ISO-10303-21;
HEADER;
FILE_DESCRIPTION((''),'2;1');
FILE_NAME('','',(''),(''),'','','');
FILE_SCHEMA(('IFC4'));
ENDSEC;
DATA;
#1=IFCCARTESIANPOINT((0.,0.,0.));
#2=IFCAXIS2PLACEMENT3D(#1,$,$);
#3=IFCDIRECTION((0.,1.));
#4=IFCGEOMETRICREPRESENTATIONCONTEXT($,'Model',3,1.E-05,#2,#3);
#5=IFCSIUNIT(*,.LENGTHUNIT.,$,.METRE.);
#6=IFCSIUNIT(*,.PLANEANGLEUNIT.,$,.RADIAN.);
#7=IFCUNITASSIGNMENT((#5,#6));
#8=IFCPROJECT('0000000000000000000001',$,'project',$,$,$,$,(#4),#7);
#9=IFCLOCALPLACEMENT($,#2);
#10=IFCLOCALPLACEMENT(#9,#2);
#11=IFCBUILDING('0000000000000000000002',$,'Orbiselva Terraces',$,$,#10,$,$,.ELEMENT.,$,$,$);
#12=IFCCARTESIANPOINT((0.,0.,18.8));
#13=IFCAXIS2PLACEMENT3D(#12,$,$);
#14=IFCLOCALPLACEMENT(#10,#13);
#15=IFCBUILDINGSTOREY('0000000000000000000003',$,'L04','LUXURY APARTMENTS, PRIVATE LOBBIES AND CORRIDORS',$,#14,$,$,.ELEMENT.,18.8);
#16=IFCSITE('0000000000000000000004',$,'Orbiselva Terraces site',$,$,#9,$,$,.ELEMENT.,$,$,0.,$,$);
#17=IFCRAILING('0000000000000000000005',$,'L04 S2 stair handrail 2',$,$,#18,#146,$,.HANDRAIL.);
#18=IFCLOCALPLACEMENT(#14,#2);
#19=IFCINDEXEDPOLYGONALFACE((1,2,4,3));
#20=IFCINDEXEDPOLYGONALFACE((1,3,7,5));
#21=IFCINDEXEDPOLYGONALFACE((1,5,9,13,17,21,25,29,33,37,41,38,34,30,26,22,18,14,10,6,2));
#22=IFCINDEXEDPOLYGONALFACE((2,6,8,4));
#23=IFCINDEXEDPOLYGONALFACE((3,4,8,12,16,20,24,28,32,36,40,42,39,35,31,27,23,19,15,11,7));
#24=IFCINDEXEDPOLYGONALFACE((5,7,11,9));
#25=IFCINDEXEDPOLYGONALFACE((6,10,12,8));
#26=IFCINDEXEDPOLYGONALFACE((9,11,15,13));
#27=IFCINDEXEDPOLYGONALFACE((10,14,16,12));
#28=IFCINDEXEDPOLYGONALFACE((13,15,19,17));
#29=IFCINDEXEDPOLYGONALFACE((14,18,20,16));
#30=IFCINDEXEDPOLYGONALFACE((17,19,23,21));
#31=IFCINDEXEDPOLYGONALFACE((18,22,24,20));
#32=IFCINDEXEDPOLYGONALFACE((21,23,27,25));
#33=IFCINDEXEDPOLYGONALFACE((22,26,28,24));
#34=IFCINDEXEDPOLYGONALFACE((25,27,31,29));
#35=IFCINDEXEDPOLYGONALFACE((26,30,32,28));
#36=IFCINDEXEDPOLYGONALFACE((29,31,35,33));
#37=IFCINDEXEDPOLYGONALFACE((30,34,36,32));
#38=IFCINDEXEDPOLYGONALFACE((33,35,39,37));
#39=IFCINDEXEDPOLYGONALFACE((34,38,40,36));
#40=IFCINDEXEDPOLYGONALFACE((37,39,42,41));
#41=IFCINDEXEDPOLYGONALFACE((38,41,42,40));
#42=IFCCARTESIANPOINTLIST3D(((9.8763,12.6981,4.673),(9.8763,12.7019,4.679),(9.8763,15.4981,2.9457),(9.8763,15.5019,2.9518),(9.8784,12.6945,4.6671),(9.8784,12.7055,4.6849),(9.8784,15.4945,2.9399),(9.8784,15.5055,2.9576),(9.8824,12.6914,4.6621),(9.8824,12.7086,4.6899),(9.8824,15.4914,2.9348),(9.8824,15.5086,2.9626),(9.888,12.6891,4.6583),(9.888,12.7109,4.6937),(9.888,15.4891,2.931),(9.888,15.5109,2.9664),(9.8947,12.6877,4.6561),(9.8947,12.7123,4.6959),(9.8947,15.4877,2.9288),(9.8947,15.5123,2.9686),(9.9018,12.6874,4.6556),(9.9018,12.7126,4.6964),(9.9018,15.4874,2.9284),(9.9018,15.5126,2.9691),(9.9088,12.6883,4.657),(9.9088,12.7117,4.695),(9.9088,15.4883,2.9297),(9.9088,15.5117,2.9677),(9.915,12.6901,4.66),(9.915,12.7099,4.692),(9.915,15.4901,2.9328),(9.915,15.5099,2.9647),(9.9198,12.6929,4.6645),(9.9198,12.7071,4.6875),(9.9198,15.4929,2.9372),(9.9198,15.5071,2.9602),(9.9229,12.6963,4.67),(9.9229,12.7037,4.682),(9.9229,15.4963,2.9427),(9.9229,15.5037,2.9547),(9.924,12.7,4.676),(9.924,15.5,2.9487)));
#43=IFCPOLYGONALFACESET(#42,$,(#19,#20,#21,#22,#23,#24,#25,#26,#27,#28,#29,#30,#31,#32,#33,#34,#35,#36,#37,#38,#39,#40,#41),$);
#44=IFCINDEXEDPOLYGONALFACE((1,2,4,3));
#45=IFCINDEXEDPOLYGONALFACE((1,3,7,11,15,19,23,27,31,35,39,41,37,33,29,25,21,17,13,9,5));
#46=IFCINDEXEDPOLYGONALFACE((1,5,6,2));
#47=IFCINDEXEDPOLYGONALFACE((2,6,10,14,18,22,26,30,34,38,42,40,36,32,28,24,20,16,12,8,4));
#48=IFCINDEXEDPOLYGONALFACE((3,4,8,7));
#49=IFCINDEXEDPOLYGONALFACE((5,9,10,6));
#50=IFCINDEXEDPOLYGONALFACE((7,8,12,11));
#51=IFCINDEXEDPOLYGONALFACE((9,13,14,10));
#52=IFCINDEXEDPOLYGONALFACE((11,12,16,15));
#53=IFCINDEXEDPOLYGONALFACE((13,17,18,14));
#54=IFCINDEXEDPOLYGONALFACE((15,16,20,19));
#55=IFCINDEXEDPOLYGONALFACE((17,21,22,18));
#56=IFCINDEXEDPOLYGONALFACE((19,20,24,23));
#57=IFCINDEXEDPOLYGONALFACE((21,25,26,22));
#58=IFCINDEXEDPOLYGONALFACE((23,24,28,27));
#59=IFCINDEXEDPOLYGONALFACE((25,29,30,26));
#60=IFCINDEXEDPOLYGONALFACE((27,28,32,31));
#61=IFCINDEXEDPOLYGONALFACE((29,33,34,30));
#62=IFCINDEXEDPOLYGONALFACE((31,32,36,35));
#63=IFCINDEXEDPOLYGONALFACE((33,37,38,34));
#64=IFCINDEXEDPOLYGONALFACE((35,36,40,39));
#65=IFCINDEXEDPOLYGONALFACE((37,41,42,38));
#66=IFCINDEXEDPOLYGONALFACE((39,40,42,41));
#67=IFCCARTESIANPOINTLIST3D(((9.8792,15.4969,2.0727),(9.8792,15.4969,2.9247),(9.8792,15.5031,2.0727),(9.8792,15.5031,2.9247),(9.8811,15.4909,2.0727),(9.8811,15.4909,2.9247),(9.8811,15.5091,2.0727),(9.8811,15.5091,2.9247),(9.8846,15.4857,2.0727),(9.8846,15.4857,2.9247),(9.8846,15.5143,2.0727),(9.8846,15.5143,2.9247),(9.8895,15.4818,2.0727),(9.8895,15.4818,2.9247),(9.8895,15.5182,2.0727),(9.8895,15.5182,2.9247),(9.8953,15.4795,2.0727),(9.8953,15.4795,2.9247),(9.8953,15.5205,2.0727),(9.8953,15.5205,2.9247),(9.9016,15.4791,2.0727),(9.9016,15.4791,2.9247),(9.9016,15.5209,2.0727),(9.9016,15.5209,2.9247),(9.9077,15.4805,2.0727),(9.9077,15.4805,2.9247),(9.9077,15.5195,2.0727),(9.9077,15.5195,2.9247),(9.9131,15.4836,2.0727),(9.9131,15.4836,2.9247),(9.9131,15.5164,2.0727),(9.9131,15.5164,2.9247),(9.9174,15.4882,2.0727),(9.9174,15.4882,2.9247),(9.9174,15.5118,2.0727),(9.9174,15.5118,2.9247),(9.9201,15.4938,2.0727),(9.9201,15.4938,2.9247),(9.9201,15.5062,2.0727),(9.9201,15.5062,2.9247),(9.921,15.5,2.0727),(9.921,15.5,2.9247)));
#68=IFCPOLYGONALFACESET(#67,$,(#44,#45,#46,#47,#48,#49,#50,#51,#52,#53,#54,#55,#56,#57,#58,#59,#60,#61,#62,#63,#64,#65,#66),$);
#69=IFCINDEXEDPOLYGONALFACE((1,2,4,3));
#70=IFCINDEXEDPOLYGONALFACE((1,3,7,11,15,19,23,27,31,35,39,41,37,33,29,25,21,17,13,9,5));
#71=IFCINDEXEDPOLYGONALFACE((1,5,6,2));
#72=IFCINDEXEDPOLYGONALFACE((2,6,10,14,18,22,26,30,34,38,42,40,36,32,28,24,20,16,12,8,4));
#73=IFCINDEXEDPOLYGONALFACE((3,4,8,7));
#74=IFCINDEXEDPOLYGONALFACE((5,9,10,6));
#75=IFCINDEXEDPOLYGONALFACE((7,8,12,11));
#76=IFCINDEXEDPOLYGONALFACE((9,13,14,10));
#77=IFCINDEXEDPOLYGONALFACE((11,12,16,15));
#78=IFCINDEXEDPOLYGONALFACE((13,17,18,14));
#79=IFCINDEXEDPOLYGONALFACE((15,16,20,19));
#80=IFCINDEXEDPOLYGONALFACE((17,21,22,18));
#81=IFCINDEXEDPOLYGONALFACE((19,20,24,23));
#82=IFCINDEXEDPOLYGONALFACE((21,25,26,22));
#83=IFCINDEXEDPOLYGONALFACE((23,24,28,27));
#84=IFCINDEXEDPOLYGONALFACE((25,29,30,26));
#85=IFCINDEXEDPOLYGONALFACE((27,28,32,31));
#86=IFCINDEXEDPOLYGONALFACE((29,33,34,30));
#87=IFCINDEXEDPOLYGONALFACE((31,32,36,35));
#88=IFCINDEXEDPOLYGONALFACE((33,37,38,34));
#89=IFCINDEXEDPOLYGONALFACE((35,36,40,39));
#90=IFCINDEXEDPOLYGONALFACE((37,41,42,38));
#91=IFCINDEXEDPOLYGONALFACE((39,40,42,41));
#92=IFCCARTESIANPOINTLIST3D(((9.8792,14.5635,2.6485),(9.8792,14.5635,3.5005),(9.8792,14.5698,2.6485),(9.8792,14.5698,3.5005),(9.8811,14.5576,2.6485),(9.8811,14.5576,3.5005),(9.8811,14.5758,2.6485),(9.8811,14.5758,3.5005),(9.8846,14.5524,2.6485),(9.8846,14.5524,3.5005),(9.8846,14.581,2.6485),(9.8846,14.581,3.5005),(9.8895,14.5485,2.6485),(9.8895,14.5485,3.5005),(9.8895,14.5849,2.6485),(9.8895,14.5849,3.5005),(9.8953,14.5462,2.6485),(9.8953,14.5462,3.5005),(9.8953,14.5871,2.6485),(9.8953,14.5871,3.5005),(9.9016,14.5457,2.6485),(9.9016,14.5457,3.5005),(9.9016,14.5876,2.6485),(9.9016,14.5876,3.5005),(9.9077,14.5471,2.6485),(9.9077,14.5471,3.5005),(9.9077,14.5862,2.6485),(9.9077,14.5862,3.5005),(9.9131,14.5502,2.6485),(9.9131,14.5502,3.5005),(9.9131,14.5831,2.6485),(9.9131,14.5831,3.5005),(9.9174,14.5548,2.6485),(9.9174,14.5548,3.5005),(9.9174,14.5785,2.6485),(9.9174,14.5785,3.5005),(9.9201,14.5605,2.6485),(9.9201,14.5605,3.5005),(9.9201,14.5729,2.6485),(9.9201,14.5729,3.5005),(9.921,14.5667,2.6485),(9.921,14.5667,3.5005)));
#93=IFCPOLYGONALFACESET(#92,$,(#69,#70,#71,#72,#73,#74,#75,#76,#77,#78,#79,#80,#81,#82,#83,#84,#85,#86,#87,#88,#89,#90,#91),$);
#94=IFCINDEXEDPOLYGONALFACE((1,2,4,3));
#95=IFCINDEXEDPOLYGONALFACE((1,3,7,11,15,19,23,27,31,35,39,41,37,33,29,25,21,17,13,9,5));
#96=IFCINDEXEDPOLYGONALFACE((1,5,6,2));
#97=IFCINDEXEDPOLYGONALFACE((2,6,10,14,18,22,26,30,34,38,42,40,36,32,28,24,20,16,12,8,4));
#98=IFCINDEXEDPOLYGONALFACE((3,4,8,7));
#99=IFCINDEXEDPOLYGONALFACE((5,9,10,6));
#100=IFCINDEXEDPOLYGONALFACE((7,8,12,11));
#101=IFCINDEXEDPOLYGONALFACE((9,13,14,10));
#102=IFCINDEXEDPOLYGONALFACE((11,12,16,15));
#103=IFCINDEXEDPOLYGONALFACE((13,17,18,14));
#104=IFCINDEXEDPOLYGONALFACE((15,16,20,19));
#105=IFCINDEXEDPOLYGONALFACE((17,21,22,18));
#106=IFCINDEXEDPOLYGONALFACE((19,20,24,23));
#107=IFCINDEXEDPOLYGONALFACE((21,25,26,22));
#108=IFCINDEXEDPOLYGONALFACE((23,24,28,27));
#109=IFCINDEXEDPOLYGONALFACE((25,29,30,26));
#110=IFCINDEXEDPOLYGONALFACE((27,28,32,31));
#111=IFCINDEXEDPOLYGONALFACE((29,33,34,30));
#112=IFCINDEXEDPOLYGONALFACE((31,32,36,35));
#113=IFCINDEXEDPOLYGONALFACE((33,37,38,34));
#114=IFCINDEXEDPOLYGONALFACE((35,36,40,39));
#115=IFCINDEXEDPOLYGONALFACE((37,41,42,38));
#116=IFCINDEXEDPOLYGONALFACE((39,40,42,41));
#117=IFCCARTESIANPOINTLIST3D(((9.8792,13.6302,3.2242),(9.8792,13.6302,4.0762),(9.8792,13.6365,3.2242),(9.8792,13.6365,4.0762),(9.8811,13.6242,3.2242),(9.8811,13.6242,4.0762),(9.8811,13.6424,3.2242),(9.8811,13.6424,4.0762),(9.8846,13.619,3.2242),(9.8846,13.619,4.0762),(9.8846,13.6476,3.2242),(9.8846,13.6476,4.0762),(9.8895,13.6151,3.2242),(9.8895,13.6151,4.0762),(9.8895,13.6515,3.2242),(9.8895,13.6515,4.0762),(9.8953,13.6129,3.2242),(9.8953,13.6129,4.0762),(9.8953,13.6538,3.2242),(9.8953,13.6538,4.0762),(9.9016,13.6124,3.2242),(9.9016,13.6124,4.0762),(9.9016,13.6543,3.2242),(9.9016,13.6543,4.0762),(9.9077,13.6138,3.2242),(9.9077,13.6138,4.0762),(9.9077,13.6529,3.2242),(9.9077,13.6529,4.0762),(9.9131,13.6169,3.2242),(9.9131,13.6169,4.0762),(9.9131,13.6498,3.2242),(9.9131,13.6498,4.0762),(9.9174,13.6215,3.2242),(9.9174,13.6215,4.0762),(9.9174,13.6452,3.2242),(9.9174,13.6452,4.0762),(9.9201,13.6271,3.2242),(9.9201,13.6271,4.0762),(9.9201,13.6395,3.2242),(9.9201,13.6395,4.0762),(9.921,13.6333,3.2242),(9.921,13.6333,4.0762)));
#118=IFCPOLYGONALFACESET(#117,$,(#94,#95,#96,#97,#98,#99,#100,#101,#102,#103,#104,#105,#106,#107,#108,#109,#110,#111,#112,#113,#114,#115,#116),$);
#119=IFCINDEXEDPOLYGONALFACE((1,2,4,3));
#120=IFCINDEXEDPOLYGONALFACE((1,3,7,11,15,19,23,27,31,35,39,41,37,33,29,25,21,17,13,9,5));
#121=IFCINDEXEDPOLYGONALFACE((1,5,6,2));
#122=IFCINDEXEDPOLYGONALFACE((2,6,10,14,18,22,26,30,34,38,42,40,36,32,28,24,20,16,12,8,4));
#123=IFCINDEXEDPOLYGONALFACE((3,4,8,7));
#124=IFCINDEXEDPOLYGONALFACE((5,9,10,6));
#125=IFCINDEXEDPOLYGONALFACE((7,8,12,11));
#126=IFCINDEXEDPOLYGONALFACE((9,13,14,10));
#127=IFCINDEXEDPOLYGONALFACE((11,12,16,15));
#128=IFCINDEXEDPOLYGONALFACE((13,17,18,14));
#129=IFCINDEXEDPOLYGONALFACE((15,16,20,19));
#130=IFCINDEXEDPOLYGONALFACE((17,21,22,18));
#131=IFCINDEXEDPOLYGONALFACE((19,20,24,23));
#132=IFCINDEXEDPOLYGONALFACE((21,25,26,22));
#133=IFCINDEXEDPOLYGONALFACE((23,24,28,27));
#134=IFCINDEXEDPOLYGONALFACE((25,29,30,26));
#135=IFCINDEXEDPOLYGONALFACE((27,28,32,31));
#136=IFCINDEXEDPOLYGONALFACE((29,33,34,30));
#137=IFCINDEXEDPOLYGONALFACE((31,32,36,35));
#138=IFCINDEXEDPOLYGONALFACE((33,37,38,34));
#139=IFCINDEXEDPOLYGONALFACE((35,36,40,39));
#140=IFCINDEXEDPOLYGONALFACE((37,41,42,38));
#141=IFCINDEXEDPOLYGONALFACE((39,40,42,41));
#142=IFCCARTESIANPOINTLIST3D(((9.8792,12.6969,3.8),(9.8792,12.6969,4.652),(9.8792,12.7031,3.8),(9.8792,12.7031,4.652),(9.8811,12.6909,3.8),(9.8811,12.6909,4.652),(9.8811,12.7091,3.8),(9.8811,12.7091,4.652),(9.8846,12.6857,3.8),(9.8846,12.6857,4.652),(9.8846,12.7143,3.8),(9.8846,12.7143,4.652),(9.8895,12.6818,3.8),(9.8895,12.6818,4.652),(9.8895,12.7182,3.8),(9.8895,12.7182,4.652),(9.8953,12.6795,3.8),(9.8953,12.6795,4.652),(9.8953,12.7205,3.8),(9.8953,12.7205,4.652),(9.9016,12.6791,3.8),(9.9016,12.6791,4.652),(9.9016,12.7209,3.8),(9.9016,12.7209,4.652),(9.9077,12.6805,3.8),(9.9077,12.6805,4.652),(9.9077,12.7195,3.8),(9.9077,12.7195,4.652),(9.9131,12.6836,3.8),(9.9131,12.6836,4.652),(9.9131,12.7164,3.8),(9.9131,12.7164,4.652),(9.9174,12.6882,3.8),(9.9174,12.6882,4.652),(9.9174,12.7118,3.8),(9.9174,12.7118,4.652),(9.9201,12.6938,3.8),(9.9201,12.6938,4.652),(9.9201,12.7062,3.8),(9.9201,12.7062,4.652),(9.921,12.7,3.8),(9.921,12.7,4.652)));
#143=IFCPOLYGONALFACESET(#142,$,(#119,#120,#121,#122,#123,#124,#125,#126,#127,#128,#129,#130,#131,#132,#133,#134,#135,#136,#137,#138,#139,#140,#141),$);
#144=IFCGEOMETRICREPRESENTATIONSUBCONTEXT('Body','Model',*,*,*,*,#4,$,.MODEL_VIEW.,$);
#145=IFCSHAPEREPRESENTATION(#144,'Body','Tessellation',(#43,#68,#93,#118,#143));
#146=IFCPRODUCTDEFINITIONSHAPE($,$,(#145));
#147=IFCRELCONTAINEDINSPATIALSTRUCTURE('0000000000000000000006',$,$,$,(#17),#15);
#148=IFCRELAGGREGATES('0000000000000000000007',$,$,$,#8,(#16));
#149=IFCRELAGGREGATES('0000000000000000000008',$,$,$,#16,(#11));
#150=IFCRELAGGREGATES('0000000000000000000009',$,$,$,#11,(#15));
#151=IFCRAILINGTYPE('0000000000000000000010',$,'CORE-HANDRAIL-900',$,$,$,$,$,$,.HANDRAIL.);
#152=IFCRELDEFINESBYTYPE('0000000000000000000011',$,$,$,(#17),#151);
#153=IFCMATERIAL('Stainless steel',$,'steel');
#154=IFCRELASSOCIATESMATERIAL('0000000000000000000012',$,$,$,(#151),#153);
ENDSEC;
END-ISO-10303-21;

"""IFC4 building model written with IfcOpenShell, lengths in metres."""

from ifc_helpers import new_model, si_unit, direction, frame, origin, origin_2d, place, context, subcontext, project, spatial, circle, extrude, material, type_object, element, save


model = new_model("IFC4")

# Units and contexts
model_context = context("Model", 3, precision=1e-05, world=origin(), true_north=direction((0.0, 1.0)))
body_context = subcontext(model_context, "Body", "Model", "MODEL_VIEW")
ifc_project = project(units=[si_unit("LENGTHUNIT", "METRE"), si_unit("PLANEANGLEUNIT", "RADIAN")], contexts=[model_context])

# Site, building, storey
site_placement = place(None, origin())
site = spatial("IfcSite", under=ifc_project, at=site_placement, Name="Orbiselva Terraces site", CompositionType="ELEMENT", RefElevation=0.0)
building_placement = place(site_placement, origin())
building = spatial("IfcBuilding", under=site, at=building_placement, Name="Orbiselva Terraces", CompositionType="ELEMENT")
storey_placement = place(building_placement, frame((0.0, 0.0, 18.8)))
storey = spatial("IfcBuildingStorey", under=building, at=storey_placement, Name="L04", Description="LUXURY APARTMENTS, PRIVATE LOBBIES AND CORRIDORS", CompositionType="ELEMENT", Elevation=18.8)

# Railing
ifc_material_1 = material(Name="Stainless steel", Category="steel")
railing_type = type_object("IfcRailingType", Name="CORE-HANDRAIL-900", PredefinedType="HANDRAIL", material=ifc_material_1)
railing_1_placement = place(storey_placement, frame((9.9, 15.5, 2.0727)))
element("IfcRailing", 1, at=railing_1_placement, inside=storey, type_object=railing_type, Name="L04 S2 stair handrail 2", PredefinedType="HANDRAIL", context=body_context, shape_type="SweptSolid", body=[
    extrude(circle(Radius=0.024, at=origin_2d()), frame((0.0, 0.0, 0.876), z_axis=(0.0, -0.851089, 0.525022), x_axis=(1.0, 0.0, 0.0)), (0.0, 0.0, 1.0), 3.2899),
    extrude(circle(Radius=0.021, at=origin_2d()), origin(), (0.0, 0.0, 1.0), 0.852),
    extrude(circle(Radius=0.021, at=origin_2d()), frame((0.0, -0.9333, 0.5758)), (0.0, 0.0, 1.0), 0.852),
    extrude(circle(Radius=0.021, at=origin_2d()), frame((0.0, -1.8667, 1.1515)), (0.0, 0.0, 1.0), 0.852),
    extrude(circle(Radius=0.021, at=origin_2d()), frame((0.0, -2.8, 1.7273)), (0.0, 0.0, 1.0), 0.852),
])

save(model, "model.ifc")
